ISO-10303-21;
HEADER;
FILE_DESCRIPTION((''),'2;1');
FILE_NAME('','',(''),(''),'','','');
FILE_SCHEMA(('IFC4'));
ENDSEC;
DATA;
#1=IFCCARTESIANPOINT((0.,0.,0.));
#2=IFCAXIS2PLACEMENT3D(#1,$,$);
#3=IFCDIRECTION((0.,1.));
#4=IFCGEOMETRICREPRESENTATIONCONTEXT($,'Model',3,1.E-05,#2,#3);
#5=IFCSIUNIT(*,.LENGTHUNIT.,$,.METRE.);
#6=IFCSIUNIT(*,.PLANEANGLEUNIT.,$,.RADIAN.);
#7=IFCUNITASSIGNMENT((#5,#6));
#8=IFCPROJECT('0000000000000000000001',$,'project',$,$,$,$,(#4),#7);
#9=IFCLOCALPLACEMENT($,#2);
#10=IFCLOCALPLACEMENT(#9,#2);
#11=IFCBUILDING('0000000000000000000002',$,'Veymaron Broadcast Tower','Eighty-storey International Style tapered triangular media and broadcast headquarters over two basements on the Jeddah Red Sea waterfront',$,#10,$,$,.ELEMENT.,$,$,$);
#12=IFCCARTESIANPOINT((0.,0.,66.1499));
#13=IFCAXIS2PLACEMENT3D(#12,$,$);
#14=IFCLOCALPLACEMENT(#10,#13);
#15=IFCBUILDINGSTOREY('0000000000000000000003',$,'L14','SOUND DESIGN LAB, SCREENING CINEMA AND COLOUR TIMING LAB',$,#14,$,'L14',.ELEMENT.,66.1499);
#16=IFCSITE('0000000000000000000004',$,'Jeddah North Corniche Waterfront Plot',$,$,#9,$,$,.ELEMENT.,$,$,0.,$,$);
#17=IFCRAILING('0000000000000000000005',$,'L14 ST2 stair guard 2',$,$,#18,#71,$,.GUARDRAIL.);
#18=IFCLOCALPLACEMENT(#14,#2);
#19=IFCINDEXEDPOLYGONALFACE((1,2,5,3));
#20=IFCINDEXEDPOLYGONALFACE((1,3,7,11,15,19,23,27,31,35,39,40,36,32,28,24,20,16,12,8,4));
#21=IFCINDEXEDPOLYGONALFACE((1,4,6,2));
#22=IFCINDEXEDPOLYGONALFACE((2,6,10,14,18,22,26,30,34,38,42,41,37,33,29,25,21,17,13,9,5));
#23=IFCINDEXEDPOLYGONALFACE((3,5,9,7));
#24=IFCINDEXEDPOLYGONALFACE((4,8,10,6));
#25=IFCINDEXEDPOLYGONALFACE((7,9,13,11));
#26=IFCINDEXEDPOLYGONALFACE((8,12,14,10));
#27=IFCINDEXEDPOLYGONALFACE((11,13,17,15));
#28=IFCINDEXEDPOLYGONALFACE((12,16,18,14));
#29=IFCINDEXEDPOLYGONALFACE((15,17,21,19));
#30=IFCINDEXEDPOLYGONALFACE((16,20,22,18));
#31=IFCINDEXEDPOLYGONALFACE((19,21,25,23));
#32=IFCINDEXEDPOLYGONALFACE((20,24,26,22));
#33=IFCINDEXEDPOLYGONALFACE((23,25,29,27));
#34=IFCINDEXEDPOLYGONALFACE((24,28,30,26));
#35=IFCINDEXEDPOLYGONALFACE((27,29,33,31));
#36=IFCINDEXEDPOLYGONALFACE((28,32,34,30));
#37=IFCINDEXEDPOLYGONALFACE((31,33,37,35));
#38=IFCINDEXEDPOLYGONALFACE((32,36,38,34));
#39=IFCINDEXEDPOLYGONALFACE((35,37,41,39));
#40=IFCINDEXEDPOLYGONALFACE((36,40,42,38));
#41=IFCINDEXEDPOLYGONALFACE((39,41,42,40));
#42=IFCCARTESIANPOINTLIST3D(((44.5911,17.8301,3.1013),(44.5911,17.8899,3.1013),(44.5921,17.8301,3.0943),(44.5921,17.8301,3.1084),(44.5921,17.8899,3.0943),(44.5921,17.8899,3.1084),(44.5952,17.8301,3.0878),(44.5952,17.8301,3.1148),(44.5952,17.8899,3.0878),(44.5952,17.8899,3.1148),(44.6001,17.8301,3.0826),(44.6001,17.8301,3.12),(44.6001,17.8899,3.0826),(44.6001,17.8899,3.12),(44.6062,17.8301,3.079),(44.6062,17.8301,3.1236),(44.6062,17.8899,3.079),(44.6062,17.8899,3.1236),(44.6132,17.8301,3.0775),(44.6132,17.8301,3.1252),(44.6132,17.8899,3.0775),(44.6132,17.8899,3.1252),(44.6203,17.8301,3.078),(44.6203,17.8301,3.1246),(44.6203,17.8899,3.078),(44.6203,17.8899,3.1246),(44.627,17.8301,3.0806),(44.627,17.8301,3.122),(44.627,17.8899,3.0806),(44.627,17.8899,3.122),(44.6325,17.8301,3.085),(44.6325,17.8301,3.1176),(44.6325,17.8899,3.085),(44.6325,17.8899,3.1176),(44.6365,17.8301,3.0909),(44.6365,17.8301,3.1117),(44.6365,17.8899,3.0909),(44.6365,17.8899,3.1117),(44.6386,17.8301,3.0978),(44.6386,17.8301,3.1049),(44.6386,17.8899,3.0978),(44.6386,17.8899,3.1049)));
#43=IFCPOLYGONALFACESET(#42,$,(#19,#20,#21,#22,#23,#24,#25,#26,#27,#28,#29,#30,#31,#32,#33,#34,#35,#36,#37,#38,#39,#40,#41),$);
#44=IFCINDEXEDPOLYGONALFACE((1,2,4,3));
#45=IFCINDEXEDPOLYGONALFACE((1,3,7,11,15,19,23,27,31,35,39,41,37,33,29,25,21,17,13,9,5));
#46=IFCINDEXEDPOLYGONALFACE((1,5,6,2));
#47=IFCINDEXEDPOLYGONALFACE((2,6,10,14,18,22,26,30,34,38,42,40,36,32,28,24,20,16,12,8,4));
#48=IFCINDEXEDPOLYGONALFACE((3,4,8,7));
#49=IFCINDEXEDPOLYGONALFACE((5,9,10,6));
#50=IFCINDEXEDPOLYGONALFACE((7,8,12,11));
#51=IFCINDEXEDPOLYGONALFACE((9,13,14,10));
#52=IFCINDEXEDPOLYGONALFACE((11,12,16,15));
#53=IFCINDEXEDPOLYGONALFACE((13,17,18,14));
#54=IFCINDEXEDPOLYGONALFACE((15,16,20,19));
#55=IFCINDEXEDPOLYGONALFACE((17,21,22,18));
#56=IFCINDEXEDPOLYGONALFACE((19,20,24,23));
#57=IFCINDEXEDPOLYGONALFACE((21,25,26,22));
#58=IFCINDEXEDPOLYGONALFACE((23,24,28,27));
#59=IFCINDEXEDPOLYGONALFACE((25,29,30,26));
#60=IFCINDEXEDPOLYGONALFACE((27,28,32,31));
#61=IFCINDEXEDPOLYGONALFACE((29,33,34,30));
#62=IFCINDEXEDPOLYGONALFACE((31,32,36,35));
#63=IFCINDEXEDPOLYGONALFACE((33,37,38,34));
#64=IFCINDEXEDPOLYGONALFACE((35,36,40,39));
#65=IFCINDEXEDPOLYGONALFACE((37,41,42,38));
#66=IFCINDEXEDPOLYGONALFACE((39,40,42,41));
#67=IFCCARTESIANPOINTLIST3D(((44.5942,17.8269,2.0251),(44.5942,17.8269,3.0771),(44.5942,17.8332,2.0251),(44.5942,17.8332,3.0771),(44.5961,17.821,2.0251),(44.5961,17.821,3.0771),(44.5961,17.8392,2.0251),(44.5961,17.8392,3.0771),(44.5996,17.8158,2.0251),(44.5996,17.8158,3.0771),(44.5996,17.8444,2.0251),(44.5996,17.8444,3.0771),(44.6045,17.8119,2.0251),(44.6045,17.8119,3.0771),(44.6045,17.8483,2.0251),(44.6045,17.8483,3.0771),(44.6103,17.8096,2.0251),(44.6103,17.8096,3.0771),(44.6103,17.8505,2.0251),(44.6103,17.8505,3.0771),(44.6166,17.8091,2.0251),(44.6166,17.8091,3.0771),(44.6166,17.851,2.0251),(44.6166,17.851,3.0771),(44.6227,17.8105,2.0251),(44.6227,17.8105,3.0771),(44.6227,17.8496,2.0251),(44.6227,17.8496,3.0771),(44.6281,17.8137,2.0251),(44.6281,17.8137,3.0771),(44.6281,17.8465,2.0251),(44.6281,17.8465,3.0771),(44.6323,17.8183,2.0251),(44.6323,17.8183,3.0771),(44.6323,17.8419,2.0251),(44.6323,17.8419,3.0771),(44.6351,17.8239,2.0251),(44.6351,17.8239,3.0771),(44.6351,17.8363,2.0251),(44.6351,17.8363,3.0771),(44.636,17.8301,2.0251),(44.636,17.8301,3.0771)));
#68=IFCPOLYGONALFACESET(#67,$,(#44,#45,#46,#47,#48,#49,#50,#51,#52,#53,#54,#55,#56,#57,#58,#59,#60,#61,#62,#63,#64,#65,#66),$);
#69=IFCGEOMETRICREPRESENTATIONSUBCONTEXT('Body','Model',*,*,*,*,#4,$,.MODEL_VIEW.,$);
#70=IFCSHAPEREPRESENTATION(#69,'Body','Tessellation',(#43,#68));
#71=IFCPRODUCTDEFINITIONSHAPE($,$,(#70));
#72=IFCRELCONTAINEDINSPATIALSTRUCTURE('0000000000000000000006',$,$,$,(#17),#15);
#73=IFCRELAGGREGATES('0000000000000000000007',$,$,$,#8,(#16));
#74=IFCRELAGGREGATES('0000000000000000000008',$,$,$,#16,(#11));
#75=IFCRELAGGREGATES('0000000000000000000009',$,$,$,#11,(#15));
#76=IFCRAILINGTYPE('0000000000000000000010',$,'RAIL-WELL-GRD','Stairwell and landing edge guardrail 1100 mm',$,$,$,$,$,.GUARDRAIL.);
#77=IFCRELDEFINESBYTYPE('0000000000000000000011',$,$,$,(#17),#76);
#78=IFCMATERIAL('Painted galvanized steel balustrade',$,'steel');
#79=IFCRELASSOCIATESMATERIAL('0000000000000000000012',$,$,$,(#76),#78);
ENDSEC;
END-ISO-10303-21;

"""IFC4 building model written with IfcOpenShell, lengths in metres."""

from ifc_helpers import new_model, si_unit, direction, frame, origin, origin_2d, place, context, subcontext, project, spatial, circle, extrude, material, type_object, element, save


model = new_model("IFC4")

# Units and contexts
model_context = context("Model", 3, precision=1e-05, world=origin(), true_north=direction((0.0, 1.0)))
body_context = subcontext(model_context, "Body", "Model", "MODEL_VIEW")
ifc_project = project(units=[si_unit("LENGTHUNIT", "METRE"), si_unit("PLANEANGLEUNIT", "RADIAN")], contexts=[model_context])

# Site, building, storey
site_placement = place(None, origin())
site = spatial("IfcSite", under=ifc_project, at=site_placement, Name="Jeddah North Corniche Waterfront Plot", CompositionType="ELEMENT", RefElevation=0.0)
building_placement = place(site_placement, origin())
building = spatial("IfcBuilding", under=site, at=building_placement, Name="Veymaron Broadcast Tower", Description="Eighty-storey International Style tapered triangular media and broadcast headquarters over two basements on the Jeddah Red Sea waterfront", CompositionType="ELEMENT")
storey_placement = place(building_placement, frame((0.0, 0.0, 66.1499)))
storey = spatial("IfcBuildingStorey", under=building, at=storey_placement, Name="L14", Description="SOUND DESIGN LAB, SCREENING CINEMA AND COLOUR TIMING LAB", LongName="L14", CompositionType="ELEMENT", Elevation=66.1499)

# Railing
ifc_material_1 = material(Name="Painted galvanized steel balustrade", Category="steel")
railing_type_1 = type_object("IfcRailingType", Name="RAIL-WELL-GRD", Description="Stairwell and landing edge guardrail 1100 mm", PredefinedType="GUARDRAIL", material=ifc_material_1)
railing_1_placement = place(storey_placement, frame((44.615, 17.8301, 2.0251)))
element("IfcRailing", 1, at=railing_1_placement, inside=storey, type_object=railing_type_1, Name="L14 ST2 stair guard 2", PredefinedType="GUARDRAIL", context=body_context, shape_type="SweptSolid", body=[
    extrude(circle(Radius=0.0239, at=origin_2d()), frame((0.0, 0.0, 1.0762), z_axis=(0.0, 1.0, 0.0), x_axis=(-1.0, 0.0, 0.0)), (0.0, 0.0, 1.0), 0.0598),
    extrude(circle(Radius=0.021, at=origin_2d()), origin(), (0.0, 0.0, 1.0), 1.052),
])

save(model, "model.ifc")
